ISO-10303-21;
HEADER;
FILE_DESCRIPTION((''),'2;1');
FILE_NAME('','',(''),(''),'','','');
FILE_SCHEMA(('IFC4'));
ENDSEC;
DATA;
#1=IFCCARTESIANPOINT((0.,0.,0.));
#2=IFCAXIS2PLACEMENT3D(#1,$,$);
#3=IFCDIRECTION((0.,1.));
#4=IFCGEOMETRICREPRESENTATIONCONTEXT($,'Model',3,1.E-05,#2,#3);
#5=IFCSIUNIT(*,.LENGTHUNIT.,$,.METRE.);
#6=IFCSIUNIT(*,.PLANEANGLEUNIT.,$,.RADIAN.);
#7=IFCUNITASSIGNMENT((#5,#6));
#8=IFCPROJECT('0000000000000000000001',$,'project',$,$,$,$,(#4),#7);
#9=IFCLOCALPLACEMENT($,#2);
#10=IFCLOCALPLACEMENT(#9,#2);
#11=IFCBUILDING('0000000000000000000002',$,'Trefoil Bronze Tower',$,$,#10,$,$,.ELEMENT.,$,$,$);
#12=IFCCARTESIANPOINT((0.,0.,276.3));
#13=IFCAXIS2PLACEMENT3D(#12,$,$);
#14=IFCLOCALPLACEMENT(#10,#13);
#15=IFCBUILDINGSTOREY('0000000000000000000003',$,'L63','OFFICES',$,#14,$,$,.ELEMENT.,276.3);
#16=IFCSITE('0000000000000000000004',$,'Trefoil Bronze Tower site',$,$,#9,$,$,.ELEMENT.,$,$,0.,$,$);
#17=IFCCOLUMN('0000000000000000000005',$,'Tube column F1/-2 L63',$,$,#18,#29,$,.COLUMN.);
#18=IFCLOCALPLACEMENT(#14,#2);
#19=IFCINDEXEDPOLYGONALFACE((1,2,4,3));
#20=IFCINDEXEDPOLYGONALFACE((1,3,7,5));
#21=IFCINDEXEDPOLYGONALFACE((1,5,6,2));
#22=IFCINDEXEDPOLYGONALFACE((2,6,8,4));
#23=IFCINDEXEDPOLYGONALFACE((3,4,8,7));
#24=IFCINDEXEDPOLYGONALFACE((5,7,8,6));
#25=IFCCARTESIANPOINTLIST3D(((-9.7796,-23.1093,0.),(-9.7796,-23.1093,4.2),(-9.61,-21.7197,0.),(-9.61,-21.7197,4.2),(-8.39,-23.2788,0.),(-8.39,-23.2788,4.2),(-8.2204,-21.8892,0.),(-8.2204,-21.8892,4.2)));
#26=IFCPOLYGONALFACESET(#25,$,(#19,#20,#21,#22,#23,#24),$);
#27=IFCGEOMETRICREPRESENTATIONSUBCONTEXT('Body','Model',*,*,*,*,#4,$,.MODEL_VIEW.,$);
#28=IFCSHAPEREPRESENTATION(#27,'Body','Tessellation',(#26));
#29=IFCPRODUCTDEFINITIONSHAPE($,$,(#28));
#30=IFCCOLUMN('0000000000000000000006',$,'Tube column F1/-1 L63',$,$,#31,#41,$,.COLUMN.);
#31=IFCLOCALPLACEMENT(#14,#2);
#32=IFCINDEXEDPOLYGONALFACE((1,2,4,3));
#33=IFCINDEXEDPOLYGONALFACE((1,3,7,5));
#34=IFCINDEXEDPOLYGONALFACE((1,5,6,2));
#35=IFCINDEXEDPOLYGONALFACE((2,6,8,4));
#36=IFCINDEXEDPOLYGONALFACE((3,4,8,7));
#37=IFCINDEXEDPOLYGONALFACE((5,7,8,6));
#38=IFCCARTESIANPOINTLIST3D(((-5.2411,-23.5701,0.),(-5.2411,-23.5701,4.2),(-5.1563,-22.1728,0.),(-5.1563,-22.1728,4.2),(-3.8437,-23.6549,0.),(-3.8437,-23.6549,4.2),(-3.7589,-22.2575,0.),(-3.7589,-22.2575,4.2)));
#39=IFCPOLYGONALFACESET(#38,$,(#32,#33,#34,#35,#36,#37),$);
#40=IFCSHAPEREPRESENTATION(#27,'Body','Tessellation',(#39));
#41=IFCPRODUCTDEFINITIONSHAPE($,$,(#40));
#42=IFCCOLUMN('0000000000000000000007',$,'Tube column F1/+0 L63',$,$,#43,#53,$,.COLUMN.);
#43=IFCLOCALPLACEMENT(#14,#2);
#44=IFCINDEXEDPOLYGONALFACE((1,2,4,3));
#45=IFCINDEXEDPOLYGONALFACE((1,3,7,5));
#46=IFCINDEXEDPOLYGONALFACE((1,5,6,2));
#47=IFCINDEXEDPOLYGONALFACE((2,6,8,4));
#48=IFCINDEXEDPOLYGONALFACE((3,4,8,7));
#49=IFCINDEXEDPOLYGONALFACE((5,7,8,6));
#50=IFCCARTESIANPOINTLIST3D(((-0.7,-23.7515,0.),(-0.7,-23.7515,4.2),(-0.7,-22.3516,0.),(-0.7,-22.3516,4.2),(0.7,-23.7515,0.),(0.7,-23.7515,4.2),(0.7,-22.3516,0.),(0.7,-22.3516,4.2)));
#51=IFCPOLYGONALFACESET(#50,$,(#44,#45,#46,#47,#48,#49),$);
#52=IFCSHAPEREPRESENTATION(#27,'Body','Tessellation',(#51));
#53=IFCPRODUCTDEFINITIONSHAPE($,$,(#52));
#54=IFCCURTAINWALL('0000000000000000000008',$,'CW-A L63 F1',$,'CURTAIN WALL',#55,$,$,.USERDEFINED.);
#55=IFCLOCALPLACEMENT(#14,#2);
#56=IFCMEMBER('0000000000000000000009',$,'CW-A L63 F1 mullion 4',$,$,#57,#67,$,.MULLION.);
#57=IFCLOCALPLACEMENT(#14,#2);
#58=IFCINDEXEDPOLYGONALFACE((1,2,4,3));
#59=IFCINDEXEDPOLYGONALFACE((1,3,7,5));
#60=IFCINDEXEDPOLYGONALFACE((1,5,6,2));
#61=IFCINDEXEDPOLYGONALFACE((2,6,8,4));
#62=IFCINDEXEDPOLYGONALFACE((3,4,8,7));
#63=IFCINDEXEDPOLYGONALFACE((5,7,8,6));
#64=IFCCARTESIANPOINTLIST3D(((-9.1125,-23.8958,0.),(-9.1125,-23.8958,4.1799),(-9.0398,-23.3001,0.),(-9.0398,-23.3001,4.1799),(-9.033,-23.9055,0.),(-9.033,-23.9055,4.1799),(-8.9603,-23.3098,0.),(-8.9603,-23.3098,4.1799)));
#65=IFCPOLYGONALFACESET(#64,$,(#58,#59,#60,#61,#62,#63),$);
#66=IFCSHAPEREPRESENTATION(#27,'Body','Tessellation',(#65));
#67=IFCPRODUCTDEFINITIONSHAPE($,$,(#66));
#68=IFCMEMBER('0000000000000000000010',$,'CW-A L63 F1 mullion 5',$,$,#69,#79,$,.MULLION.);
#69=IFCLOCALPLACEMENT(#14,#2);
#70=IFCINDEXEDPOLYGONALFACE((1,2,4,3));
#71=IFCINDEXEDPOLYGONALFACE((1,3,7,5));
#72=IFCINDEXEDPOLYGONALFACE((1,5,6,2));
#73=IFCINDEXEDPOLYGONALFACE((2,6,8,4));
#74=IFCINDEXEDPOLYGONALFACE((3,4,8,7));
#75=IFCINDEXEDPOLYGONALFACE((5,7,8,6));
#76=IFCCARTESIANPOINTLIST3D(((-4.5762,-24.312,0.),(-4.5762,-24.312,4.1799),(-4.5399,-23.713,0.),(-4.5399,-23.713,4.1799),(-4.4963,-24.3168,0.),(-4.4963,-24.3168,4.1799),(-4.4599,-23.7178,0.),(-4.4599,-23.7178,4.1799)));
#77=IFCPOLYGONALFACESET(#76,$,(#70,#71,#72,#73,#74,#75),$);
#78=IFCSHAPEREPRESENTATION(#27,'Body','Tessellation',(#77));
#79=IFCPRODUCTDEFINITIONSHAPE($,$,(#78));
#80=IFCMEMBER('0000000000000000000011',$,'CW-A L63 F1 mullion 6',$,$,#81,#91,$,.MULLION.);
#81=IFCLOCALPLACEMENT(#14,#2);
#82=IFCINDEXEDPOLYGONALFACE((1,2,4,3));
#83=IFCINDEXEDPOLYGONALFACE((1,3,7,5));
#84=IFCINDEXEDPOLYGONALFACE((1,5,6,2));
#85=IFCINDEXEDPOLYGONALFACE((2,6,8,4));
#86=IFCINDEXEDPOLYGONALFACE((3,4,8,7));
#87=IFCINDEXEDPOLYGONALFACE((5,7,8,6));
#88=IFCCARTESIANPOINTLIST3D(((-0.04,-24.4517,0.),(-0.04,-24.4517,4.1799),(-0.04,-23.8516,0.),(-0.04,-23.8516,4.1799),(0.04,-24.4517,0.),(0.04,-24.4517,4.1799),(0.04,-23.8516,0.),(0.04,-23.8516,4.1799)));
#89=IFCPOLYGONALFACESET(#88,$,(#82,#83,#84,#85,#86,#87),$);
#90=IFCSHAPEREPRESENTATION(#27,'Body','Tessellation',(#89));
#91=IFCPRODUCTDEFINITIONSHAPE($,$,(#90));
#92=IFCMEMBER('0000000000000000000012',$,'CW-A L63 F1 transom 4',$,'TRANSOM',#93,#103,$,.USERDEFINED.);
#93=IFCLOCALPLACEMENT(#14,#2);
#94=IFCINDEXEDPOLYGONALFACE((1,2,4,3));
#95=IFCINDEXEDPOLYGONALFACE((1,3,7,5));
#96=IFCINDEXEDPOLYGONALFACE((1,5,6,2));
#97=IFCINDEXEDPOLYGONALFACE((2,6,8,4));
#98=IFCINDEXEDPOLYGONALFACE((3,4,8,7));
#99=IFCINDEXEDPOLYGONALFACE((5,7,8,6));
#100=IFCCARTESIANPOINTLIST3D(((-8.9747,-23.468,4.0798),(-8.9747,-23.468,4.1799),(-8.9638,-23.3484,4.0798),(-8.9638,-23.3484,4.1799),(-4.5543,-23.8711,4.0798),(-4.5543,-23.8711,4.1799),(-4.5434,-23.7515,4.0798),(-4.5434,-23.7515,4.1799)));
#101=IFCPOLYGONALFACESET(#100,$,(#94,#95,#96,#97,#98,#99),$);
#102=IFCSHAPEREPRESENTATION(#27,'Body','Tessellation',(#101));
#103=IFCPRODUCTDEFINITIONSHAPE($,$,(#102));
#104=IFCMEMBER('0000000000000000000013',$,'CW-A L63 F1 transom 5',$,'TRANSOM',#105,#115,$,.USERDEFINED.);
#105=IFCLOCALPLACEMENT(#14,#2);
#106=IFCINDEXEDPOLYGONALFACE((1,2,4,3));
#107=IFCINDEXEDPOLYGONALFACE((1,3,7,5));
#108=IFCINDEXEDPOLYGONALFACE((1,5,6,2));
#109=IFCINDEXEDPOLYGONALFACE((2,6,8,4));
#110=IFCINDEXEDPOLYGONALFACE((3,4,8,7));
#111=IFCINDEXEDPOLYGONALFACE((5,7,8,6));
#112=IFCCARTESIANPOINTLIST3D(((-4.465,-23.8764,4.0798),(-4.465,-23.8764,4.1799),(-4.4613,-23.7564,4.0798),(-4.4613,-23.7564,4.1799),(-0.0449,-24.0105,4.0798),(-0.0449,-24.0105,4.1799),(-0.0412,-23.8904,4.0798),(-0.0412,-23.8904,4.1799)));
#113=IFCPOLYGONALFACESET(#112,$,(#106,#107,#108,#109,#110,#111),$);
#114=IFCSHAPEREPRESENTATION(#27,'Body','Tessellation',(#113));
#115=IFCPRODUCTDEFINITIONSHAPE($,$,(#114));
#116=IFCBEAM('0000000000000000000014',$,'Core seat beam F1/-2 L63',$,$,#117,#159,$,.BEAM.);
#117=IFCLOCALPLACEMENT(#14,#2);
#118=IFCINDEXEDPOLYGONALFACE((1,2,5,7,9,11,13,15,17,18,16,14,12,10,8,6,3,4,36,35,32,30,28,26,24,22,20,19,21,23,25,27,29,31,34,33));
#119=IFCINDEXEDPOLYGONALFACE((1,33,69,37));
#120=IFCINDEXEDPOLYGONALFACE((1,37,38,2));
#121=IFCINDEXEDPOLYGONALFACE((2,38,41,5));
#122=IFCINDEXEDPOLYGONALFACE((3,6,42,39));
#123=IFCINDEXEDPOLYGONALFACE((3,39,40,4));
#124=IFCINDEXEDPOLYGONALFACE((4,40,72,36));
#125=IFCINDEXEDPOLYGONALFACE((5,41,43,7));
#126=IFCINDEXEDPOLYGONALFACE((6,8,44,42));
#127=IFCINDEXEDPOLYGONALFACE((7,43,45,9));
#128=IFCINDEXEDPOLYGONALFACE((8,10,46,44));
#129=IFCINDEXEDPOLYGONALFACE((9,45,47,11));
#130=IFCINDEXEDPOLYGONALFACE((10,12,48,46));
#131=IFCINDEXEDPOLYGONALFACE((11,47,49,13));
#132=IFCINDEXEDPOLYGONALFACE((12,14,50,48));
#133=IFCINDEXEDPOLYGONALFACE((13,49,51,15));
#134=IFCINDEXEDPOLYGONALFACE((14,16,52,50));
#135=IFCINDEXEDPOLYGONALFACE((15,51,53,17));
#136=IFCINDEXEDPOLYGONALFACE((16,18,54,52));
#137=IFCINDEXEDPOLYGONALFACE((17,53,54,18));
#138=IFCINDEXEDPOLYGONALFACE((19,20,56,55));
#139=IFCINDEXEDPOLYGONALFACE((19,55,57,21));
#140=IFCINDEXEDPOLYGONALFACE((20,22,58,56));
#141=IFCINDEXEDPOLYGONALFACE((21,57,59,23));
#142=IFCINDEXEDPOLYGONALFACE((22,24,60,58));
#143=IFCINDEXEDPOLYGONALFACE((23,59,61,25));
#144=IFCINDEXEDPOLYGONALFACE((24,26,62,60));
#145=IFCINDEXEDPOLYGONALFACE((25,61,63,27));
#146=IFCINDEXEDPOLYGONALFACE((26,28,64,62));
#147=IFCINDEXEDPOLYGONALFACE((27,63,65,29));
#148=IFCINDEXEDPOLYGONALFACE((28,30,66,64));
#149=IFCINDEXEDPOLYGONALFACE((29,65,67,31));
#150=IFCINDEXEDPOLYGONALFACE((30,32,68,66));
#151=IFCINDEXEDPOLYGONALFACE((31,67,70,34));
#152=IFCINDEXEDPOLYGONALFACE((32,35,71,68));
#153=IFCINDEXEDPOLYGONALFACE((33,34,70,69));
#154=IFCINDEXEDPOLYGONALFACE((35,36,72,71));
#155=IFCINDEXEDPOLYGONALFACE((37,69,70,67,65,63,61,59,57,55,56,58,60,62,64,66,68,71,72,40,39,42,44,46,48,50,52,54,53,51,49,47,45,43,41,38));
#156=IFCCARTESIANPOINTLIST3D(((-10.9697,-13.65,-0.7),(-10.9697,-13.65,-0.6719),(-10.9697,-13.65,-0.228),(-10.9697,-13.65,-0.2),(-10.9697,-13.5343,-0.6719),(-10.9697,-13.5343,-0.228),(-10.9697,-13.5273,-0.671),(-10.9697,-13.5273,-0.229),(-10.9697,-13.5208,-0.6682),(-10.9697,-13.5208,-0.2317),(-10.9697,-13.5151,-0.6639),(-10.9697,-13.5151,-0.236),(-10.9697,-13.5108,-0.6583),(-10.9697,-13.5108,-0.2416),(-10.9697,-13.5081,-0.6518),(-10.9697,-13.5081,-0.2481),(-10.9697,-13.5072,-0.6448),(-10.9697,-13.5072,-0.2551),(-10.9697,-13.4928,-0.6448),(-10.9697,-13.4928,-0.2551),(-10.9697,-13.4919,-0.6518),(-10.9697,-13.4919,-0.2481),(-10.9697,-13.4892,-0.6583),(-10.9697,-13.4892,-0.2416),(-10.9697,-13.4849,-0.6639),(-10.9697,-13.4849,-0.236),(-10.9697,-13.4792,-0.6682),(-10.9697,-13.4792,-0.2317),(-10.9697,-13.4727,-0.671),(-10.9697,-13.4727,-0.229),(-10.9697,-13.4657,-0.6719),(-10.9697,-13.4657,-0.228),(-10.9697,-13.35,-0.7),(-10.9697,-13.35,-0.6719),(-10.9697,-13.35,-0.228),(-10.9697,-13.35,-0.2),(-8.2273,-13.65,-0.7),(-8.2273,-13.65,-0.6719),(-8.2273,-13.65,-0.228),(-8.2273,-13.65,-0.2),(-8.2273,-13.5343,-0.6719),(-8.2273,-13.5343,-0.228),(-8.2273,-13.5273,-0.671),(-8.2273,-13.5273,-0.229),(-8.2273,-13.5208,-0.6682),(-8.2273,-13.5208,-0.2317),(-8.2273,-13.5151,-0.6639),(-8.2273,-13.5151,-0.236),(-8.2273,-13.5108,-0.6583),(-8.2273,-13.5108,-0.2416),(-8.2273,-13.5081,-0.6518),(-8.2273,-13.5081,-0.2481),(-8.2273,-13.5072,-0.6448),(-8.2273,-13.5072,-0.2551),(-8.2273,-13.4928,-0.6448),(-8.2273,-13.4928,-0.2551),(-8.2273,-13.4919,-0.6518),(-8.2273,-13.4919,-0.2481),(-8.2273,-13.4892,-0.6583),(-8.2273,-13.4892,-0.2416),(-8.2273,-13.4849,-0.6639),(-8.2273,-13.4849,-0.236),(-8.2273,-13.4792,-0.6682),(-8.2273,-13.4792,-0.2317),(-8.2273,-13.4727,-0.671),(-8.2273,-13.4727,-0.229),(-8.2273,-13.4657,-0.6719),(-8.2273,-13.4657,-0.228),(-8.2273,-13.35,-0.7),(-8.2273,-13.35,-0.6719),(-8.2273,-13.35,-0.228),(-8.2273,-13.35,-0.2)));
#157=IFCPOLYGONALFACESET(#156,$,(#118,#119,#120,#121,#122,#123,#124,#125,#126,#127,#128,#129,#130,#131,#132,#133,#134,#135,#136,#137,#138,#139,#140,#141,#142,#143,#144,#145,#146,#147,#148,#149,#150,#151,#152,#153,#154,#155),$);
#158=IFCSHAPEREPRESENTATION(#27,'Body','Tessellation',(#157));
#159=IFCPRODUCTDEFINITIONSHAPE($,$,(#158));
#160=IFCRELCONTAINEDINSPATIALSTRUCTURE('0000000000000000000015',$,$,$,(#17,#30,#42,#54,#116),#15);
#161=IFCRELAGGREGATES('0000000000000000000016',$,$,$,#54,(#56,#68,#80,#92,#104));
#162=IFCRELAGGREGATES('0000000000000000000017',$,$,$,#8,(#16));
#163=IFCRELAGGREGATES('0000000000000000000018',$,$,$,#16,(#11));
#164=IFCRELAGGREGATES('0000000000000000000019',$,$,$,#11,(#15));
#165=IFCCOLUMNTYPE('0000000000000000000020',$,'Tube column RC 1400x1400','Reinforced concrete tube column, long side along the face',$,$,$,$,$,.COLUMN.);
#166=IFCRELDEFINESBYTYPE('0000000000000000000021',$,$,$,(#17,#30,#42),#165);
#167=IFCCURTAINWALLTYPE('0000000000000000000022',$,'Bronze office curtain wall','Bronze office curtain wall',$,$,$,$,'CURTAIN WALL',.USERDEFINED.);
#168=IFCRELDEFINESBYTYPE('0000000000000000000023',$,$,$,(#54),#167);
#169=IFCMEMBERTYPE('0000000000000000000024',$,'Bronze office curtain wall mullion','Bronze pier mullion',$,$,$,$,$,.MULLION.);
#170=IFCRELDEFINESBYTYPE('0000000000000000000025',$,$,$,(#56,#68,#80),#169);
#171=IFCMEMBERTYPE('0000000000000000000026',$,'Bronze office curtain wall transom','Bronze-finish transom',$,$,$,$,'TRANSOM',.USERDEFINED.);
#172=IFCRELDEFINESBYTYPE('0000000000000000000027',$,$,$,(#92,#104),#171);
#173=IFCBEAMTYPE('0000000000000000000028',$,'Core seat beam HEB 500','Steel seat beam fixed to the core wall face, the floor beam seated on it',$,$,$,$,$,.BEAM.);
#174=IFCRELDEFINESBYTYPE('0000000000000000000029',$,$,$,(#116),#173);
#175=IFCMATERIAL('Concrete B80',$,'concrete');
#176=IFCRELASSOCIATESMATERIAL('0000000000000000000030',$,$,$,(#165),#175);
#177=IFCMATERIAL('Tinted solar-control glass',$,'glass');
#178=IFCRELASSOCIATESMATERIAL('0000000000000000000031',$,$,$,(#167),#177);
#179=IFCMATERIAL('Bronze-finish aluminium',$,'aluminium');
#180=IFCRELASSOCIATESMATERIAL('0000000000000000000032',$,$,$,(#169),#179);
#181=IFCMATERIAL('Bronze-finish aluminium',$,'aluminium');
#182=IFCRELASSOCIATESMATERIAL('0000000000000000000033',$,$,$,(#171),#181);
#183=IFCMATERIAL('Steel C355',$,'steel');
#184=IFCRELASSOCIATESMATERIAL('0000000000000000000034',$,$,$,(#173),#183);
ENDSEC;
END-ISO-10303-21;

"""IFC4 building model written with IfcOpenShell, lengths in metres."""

from ifc_helpers import new_model, si_unit, direction, frame, origin, origin_2d, place, context, subcontext, project, spatial, rectangle, i_section, extrude, material, material_profile, profile_set, type_object, element, aggregate, save


model = new_model("IFC4")

# Units and contexts
model_context = context("Model", 3, precision=1e-05, world=origin(), true_north=direction((0.0, 1.0)))
body_context = subcontext(model_context, "Body", "Model", "MODEL_VIEW")
ifc_project = project(units=[si_unit("LENGTHUNIT", "METRE"), si_unit("PLANEANGLEUNIT", "RADIAN")], contexts=[model_context])

# Site, building, storey
site_placement = place(None, origin())
site = spatial("IfcSite", under=ifc_project, at=site_placement, Name="Trefoil Bronze Tower site", CompositionType="ELEMENT", RefElevation=0.0)
building_placement = place(site_placement, origin())
building = spatial("IfcBuilding", under=site, at=building_placement, Name="Trefoil Bronze Tower", CompositionType="ELEMENT")
storey_placement = place(building_placement, frame((0.0, 0.0, 276.3)))
storey = spatial("IfcBuildingStorey", under=building, at=storey_placement, Name="L63", Description="OFFICES", CompositionType="ELEMENT", Elevation=276.3)

# Columns
ifc_material_1 = material(Name="Concrete B80", Category="concrete")
ifc_material_profile_1 = material_profile(ifc_material_1, rectangle(XDim=1.3999, YDim=1.3999, at=origin_2d()), Name="RC 1400x1400")
ifc_profile_set_1 = profile_set([ifc_material_profile_1], Name="Concrete B80")
column_type = type_object("IfcColumnType", Name="Tube column RC 1400x1400", Description="Reinforced concrete tube column, long side along the face", PredefinedType="COLUMN", material=ifc_profile_set_1)
for number, where, z_axis, x_axis, name in (
    (1, (-9.0, -22.4993, 0.0), (0.0, 0.0, 1.0), (0.992639, -0.121109, 0.0), "Tube column F1/-2 L63"),
    (2, (-4.5, -22.9138, 0.0), (0.0, 0.0, 1.0), (0.998165, -0.060554, 0.0), "Tube column F1/-1 L63"),
    (3, (0.0, -23.0515, 0.0), (0.0, 0.0, 1.0), (1.0, 0.0, 0.0), "Tube column F1/+0 L63"),
):
    element("IfcColumn", number, at=place(storey_placement, frame(where, z_axis=z_axis, x_axis=x_axis)), inside=storey, type_object=column_type, Name=name, PredefinedType="COLUMN", context=body_context, shape_type="SweptSolid", body=[
        extrude(rectangle(XDim=1.3999, YDim=1.3999, at=origin_2d()), origin(), (0.0, 0.0, 1.0), 4.2),
    ])

# Curtain wall, members
ifc_material_2 = material(Name="Tinted solar-control glass", Category="glass")
curtain_wall_type = type_object("IfcCurtainWallType", Name="Bronze office curtain wall", Description="Bronze office curtain wall", ElementType="CURTAIN WALL", PredefinedType="USERDEFINED", material=ifc_material_2)
curtain_wall_placement = place(storey_placement, origin())
curtain_wall = element("IfcCurtainWall", 4, at=curtain_wall_placement, inside=storey, type_object=curtain_wall_type, Name="CW-A L63 F1", ObjectType="CURTAIN WALL", PredefinedType="USERDEFINED")
ifc_material_3 = material(Name="Bronze-finish aluminium", Category="aluminium")
ifc_material_profile_2 = material_profile(ifc_material_3, rectangle(XDim=0.6001, YDim=0.0801, at=origin_2d()), Name="CW-A mullion")
ifc_profile_set_2 = profile_set([ifc_material_profile_2], Name="Bronze-finish aluminium")
member_type_1 = type_object("IfcMemberType", Name="Bronze office curtain wall mullion", Description="Bronze pier mullion", PredefinedType="MULLION", material=ifc_profile_set_2)
member_1_placement = place(storey_placement, frame((-9.0364, -23.6028, 0.0), z_axis=(0.0, 0.0, 1.0), x_axis=(0.121109, 0.992639, 0.0)))
member_1 = element("IfcMember", 5, at=member_1_placement, type_object=member_type_1, Name="CW-A L63 F1 mullion 4", PredefinedType="MULLION", context=body_context, shape_type="SweptSolid", body=[
    extrude(rectangle(XDim=0.6001, YDim=0.0801, at=origin_2d()), origin(), (0.0, 0.0, 1.0), 4.1799),
])
member_2_placement = place(storey_placement, frame((-4.5181, -24.0149, 0.0), z_axis=(0.0, 0.0, 1.0), x_axis=(0.060554, 0.998165, 0.0)))
member_2 = element("IfcMember", 6, at=member_2_placement, type_object=member_type_1, Name="CW-A L63 F1 mullion 5", PredefinedType="MULLION", context=body_context, shape_type="SweptSolid", body=[
    extrude(rectangle(XDim=0.6001, YDim=0.0801, at=origin_2d()), origin(), (0.0, 0.0, 1.0), 4.1799),
])
member_3_placement = place(storey_placement, frame((0.0, -24.1516, 0.0), z_axis=(0.0, 0.0, 1.0), x_axis=(0.0, 1.0, 0.0)))
member_3 = element("IfcMember", 7, at=member_3_placement, type_object=member_type_1, Name="CW-A L63 F1 mullion 6", PredefinedType="MULLION", context=body_context, shape_type="SweptSolid", body=[
    extrude(rectangle(XDim=0.6001, YDim=0.0801, at=origin_2d()), origin(), (0.0, 0.0, 1.0), 4.1799),
])
ifc_material_4 = material(Name="Bronze-finish aluminium", Category="aluminium")
ifc_material_profile_3 = material_profile(ifc_material_4, rectangle(XDim=0.1201, YDim=0.1001, at=origin_2d()), Name="CW-A transom")
ifc_profile_set_3 = profile_set([ifc_material_profile_3], Name="Bronze-finish aluminium")
member_type_2 = type_object("IfcMemberType", Name="Bronze office curtain wall transom", Description="Bronze-finish transom", ElementType="TRANSOM", PredefinedType="USERDEFINED", material=ifc_profile_set_3)
member_4_placement = place(storey_placement, frame((-8.9692, -23.4082, 4.1299), z_axis=(0.995868, -0.090808, 0.0), x_axis=(0.090808, 0.995868, 0.0)))
member_4 = element("IfcMember", 8, at=member_4_placement, type_object=member_type_2, Name="CW-A L63 F1 transom 4", ObjectType="TRANSOM", PredefinedType="USERDEFINED", context=body_context, shape_type="SweptSolid", body=[
    extrude(rectangle(XDim=0.1201, YDim=0.1001, at=origin_2d()), origin(), (0.0, 0.0, 1.0), 4.4387),
])
member_5_placement = place(storey_placement, frame((-4.4631, -23.8164, 4.1299), z_axis=(0.999541, -0.030309, 0.0), x_axis=(0.030309, 0.999541, 0.0)))
member_5 = element("IfcMember", 9, at=member_5_placement, type_object=member_type_2, Name="CW-A L63 F1 transom 5", ObjectType="TRANSOM", PredefinedType="USERDEFINED", context=body_context, shape_type="SweptSolid", body=[
    extrude(rectangle(XDim=0.1201, YDim=0.1001, at=origin_2d()), origin(), (0.0, 0.0, 1.0), 4.4221),
])

# Beam
ifc_material_5 = material(Name="Steel C355", Category="steel")
ifc_material_profile_4 = material_profile(ifc_material_5, i_section(OverallWidth=0.3, OverallDepth=0.5, WebThickness=0.0144, FlangeThickness=0.0281, FilletRadius=0.0271, at=origin_2d()), Name="HEB 500")
ifc_profile_set_4 = profile_set([ifc_material_profile_4], Name="Steel C355")
beam_type_1 = type_object("IfcBeamType", Name="Core seat beam HEB 500", Description="Steel seat beam fixed to the core wall face, the floor beam seated on it", PredefinedType="BEAM", material=ifc_profile_set_4)
for number, where, z_axis, x_axis, name in (
    (10, (-10.9697, -13.5, -0.45), (1.0, 0.0, 0.0), (0.0, 1.0, 0.0), "Core seat beam F1/-2 L63"),
):
    element("IfcBeam", number, at=place(storey_placement, frame(where, z_axis=z_axis, x_axis=x_axis)), inside=storey, type_object=beam_type_1, Name=name, PredefinedType="BEAM", context=body_context, shape_type="SweptSolid", body=[
        extrude(i_section(OverallWidth=0.3, OverallDepth=0.5, WebThickness=0.0144, FlangeThickness=0.0281, FilletRadius=0.0271, at=origin_2d()), origin(), (0.0, 0.0, 1.0), 2.7424),
    ])

aggregate(curtain_wall, [member_1, member_2, member_3, member_4, member_5])

save(model, "model.ifc")
